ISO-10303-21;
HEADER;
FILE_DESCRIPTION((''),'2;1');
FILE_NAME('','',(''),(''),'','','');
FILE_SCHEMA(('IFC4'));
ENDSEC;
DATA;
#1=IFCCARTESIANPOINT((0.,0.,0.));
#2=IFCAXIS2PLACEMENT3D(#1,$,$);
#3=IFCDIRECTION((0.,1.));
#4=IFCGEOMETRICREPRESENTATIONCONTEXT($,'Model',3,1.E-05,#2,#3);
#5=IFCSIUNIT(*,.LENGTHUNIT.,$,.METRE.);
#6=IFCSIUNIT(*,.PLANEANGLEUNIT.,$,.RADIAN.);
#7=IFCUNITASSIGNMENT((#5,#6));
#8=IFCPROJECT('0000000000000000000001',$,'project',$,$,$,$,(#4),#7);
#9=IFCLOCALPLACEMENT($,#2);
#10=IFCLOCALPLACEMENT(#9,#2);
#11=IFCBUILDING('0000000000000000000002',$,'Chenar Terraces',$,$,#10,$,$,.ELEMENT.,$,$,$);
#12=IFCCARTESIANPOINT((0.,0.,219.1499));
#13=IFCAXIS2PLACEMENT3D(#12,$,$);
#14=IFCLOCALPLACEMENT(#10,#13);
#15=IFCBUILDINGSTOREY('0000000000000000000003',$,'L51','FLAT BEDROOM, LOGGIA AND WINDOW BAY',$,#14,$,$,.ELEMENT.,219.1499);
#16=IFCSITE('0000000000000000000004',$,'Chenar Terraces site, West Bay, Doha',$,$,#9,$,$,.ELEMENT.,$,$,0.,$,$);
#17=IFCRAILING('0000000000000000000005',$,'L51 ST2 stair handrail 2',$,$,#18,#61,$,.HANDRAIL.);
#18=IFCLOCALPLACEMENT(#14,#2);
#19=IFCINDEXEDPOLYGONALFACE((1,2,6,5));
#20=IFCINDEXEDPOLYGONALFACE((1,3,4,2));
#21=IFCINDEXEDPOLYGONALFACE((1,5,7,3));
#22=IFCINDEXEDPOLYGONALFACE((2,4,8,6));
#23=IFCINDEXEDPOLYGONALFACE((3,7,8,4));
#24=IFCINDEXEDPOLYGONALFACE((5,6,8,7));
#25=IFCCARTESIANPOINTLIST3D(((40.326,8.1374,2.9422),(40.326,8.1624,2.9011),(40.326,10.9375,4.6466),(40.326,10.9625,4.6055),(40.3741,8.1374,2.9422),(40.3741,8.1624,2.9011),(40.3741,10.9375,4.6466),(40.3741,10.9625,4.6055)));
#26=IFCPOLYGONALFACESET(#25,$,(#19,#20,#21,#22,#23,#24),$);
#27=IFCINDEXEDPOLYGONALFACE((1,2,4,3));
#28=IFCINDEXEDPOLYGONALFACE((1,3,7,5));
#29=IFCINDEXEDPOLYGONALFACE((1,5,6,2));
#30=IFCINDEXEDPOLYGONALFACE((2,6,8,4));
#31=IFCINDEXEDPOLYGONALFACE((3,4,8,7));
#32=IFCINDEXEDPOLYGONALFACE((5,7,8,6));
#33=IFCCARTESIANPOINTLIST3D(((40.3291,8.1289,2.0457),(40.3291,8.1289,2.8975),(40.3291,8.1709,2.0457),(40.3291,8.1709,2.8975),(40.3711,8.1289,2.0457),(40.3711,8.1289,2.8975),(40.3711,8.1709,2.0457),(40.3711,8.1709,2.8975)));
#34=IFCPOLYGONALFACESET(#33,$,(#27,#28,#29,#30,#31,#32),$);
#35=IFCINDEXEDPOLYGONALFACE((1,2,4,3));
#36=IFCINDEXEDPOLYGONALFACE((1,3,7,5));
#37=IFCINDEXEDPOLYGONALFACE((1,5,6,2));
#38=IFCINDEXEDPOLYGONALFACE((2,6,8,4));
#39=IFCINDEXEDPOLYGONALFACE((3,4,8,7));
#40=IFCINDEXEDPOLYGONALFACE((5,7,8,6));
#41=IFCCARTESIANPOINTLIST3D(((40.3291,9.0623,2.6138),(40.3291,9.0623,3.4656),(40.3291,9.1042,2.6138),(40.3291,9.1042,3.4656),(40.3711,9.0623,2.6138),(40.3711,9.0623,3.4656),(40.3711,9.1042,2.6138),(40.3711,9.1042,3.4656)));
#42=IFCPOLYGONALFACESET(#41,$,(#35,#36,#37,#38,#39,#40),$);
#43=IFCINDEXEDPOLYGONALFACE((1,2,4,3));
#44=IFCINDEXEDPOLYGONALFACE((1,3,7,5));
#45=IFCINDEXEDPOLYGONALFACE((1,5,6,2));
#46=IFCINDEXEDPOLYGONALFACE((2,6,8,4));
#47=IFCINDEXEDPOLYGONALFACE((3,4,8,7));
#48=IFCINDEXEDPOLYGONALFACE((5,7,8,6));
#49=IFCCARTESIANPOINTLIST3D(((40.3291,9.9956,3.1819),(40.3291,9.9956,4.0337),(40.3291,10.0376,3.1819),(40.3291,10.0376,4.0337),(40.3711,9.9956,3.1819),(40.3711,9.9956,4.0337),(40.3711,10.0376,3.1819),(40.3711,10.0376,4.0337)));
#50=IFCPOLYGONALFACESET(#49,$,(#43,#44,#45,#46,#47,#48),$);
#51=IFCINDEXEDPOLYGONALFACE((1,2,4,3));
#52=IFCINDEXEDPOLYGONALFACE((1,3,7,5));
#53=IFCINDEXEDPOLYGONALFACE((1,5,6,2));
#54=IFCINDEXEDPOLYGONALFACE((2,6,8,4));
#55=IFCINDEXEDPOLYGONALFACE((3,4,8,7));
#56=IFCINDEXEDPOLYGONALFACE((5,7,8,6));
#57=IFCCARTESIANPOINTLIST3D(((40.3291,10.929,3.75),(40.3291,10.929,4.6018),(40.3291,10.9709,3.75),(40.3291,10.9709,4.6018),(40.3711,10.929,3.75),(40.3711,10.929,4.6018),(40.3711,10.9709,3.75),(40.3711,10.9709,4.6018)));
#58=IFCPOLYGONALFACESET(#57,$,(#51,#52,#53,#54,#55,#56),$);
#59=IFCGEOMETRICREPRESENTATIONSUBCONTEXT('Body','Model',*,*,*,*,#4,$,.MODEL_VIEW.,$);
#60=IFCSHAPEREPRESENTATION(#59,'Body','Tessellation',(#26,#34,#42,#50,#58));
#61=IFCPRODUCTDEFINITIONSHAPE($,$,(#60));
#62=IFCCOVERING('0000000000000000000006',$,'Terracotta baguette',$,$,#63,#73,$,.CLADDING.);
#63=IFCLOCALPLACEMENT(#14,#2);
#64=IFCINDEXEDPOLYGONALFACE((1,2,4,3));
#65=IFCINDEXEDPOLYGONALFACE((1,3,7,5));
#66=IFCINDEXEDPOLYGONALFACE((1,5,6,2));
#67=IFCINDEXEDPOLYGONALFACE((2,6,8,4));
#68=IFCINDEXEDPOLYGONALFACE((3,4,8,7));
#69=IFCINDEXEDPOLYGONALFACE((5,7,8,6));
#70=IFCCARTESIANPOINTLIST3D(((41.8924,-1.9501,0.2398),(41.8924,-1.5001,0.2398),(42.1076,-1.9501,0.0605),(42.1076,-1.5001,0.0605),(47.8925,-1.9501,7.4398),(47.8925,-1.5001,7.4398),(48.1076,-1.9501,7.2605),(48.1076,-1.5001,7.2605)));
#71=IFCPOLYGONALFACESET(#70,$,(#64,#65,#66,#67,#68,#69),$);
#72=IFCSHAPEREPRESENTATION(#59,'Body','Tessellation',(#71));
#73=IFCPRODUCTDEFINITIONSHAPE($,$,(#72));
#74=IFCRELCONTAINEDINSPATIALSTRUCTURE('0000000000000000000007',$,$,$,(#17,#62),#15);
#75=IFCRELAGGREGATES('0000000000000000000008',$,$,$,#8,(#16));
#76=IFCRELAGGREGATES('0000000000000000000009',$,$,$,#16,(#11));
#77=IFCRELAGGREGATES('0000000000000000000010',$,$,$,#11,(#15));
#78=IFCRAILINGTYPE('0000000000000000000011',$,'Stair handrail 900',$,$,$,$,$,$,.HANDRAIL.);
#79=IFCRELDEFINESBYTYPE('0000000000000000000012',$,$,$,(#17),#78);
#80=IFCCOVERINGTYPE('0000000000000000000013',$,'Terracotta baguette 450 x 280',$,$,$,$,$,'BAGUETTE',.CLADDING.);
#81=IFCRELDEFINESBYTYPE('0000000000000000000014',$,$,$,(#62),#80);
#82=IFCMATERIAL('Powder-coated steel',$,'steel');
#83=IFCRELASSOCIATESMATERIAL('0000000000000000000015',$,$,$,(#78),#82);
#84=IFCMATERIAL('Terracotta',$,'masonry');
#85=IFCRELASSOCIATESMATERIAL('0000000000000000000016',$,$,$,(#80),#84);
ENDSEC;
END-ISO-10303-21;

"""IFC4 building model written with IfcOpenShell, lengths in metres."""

from ifc_helpers import new_model, si_unit, direction, frame, origin, origin_2d, place, context, subcontext, project, spatial, rectangle, extrude, material, material_profile, profile_set, type_object, element, save


model = new_model("IFC4")

# Units and contexts
model_context = context("Model", 3, precision=1e-05, world=origin(), true_north=direction((0.0, 1.0)))
body_context = subcontext(model_context, "Body", "Model", "MODEL_VIEW")
ifc_project = project(units=[si_unit("LENGTHUNIT", "METRE"), si_unit("PLANEANGLEUNIT", "RADIAN")], contexts=[model_context])

# Site, building, storey
site_placement = place(None, origin())
site = spatial("IfcSite", under=ifc_project, at=site_placement, Name="Chenar Terraces site, West Bay, Doha", CompositionType="ELEMENT", RefElevation=0.0)
building_placement = place(site_placement, origin())
building = spatial("IfcBuilding", under=site, at=building_placement, Name="Chenar Terraces", CompositionType="ELEMENT")
storey_placement = place(building_placement, frame((0.0, 0.0, 219.1499)))
storey = spatial("IfcBuildingStorey", under=building, at=storey_placement, Name="L51", Description="FLAT BEDROOM, LOGGIA AND WINDOW BAY", CompositionType="ELEMENT", Elevation=219.1499)

# Railing
ifc_material_1 = material(Name="Powder-coated steel", Category="steel")
railing_type_1 = type_object("IfcRailingType", Name="Stair handrail 900", PredefinedType="HANDRAIL", material=ifc_material_1)
railing_1_placement = place(storey_placement, frame((40.3501, 8.1499, 2.0457)))
element("IfcRailing", 1, at=railing_1_placement, inside=storey, type_object=railing_type_1, Name="L51 ST2 stair handrail 2", PredefinedType="HANDRAIL", context=body_context, shape_type="SweptSolid", body=[
    extrude(rectangle(XDim=0.0481, YDim=0.0481, at=origin_2d()), frame((0.0, 0.0, 0.876), z_axis=(0.0, 0.854203, 0.51994), x_axis=(-1.0, 0.0, 0.0)), (0.0, 0.0, 1.0), 3.2781),
    extrude(rectangle(XDim=0.042, YDim=0.042, at=origin_2d()), origin(), (0.0, 0.0, 1.0), 0.8518),
    extrude(rectangle(XDim=0.042, YDim=0.042, at=origin_2d()), frame((0.0, 0.9333, 0.5681)), (0.0, 0.0, 1.0), 0.8518),
    extrude(rectangle(XDim=0.042, YDim=0.042, at=origin_2d()), frame((0.0, 1.8667, 1.1362)), (0.0, 0.0, 1.0), 0.8518),
    extrude(rectangle(XDim=0.042, YDim=0.042, at=origin_2d()), frame((0.0, 2.8, 1.7043)), (0.0, 0.0, 1.0), 0.8518),
])

# Covering
ifc_material_2 = material(Name="Terracotta", Category="masonry")
ifc_material_profile_1 = material_profile(ifc_material_2, rectangle(XDim=0.45, YDim=0.28, at=origin_2d()), Name="Terracotta baguette 450 x 280")
ifc_profile_set_1 = profile_set([ifc_material_profile_1], Name="Terracotta")
covering_type = type_object("IfcCoveringType", Name="Terracotta baguette 450 x 280", ElementType="BAGUETTE", PredefinedType="CLADDING", material=ifc_profile_set_1)
covering_placement = place(storey_placement, frame((42.0, -1.7251, 0.1501), z_axis=(0.640187, 0.0, 0.768219), x_axis=(0.0, 1.0, 0.0)))
element("IfcCovering", 2, at=covering_placement, inside=storey, type_object=covering_type, Name="Terracotta baguette", PredefinedType="CLADDING", context=body_context, shape_type="SweptSolid", body=[
    extrude(rectangle(XDim=0.45, YDim=0.28, at=origin_2d()), origin(), (0.0, 0.0, 1.0), 9.3723),
])

save(model, "model.ifc")
